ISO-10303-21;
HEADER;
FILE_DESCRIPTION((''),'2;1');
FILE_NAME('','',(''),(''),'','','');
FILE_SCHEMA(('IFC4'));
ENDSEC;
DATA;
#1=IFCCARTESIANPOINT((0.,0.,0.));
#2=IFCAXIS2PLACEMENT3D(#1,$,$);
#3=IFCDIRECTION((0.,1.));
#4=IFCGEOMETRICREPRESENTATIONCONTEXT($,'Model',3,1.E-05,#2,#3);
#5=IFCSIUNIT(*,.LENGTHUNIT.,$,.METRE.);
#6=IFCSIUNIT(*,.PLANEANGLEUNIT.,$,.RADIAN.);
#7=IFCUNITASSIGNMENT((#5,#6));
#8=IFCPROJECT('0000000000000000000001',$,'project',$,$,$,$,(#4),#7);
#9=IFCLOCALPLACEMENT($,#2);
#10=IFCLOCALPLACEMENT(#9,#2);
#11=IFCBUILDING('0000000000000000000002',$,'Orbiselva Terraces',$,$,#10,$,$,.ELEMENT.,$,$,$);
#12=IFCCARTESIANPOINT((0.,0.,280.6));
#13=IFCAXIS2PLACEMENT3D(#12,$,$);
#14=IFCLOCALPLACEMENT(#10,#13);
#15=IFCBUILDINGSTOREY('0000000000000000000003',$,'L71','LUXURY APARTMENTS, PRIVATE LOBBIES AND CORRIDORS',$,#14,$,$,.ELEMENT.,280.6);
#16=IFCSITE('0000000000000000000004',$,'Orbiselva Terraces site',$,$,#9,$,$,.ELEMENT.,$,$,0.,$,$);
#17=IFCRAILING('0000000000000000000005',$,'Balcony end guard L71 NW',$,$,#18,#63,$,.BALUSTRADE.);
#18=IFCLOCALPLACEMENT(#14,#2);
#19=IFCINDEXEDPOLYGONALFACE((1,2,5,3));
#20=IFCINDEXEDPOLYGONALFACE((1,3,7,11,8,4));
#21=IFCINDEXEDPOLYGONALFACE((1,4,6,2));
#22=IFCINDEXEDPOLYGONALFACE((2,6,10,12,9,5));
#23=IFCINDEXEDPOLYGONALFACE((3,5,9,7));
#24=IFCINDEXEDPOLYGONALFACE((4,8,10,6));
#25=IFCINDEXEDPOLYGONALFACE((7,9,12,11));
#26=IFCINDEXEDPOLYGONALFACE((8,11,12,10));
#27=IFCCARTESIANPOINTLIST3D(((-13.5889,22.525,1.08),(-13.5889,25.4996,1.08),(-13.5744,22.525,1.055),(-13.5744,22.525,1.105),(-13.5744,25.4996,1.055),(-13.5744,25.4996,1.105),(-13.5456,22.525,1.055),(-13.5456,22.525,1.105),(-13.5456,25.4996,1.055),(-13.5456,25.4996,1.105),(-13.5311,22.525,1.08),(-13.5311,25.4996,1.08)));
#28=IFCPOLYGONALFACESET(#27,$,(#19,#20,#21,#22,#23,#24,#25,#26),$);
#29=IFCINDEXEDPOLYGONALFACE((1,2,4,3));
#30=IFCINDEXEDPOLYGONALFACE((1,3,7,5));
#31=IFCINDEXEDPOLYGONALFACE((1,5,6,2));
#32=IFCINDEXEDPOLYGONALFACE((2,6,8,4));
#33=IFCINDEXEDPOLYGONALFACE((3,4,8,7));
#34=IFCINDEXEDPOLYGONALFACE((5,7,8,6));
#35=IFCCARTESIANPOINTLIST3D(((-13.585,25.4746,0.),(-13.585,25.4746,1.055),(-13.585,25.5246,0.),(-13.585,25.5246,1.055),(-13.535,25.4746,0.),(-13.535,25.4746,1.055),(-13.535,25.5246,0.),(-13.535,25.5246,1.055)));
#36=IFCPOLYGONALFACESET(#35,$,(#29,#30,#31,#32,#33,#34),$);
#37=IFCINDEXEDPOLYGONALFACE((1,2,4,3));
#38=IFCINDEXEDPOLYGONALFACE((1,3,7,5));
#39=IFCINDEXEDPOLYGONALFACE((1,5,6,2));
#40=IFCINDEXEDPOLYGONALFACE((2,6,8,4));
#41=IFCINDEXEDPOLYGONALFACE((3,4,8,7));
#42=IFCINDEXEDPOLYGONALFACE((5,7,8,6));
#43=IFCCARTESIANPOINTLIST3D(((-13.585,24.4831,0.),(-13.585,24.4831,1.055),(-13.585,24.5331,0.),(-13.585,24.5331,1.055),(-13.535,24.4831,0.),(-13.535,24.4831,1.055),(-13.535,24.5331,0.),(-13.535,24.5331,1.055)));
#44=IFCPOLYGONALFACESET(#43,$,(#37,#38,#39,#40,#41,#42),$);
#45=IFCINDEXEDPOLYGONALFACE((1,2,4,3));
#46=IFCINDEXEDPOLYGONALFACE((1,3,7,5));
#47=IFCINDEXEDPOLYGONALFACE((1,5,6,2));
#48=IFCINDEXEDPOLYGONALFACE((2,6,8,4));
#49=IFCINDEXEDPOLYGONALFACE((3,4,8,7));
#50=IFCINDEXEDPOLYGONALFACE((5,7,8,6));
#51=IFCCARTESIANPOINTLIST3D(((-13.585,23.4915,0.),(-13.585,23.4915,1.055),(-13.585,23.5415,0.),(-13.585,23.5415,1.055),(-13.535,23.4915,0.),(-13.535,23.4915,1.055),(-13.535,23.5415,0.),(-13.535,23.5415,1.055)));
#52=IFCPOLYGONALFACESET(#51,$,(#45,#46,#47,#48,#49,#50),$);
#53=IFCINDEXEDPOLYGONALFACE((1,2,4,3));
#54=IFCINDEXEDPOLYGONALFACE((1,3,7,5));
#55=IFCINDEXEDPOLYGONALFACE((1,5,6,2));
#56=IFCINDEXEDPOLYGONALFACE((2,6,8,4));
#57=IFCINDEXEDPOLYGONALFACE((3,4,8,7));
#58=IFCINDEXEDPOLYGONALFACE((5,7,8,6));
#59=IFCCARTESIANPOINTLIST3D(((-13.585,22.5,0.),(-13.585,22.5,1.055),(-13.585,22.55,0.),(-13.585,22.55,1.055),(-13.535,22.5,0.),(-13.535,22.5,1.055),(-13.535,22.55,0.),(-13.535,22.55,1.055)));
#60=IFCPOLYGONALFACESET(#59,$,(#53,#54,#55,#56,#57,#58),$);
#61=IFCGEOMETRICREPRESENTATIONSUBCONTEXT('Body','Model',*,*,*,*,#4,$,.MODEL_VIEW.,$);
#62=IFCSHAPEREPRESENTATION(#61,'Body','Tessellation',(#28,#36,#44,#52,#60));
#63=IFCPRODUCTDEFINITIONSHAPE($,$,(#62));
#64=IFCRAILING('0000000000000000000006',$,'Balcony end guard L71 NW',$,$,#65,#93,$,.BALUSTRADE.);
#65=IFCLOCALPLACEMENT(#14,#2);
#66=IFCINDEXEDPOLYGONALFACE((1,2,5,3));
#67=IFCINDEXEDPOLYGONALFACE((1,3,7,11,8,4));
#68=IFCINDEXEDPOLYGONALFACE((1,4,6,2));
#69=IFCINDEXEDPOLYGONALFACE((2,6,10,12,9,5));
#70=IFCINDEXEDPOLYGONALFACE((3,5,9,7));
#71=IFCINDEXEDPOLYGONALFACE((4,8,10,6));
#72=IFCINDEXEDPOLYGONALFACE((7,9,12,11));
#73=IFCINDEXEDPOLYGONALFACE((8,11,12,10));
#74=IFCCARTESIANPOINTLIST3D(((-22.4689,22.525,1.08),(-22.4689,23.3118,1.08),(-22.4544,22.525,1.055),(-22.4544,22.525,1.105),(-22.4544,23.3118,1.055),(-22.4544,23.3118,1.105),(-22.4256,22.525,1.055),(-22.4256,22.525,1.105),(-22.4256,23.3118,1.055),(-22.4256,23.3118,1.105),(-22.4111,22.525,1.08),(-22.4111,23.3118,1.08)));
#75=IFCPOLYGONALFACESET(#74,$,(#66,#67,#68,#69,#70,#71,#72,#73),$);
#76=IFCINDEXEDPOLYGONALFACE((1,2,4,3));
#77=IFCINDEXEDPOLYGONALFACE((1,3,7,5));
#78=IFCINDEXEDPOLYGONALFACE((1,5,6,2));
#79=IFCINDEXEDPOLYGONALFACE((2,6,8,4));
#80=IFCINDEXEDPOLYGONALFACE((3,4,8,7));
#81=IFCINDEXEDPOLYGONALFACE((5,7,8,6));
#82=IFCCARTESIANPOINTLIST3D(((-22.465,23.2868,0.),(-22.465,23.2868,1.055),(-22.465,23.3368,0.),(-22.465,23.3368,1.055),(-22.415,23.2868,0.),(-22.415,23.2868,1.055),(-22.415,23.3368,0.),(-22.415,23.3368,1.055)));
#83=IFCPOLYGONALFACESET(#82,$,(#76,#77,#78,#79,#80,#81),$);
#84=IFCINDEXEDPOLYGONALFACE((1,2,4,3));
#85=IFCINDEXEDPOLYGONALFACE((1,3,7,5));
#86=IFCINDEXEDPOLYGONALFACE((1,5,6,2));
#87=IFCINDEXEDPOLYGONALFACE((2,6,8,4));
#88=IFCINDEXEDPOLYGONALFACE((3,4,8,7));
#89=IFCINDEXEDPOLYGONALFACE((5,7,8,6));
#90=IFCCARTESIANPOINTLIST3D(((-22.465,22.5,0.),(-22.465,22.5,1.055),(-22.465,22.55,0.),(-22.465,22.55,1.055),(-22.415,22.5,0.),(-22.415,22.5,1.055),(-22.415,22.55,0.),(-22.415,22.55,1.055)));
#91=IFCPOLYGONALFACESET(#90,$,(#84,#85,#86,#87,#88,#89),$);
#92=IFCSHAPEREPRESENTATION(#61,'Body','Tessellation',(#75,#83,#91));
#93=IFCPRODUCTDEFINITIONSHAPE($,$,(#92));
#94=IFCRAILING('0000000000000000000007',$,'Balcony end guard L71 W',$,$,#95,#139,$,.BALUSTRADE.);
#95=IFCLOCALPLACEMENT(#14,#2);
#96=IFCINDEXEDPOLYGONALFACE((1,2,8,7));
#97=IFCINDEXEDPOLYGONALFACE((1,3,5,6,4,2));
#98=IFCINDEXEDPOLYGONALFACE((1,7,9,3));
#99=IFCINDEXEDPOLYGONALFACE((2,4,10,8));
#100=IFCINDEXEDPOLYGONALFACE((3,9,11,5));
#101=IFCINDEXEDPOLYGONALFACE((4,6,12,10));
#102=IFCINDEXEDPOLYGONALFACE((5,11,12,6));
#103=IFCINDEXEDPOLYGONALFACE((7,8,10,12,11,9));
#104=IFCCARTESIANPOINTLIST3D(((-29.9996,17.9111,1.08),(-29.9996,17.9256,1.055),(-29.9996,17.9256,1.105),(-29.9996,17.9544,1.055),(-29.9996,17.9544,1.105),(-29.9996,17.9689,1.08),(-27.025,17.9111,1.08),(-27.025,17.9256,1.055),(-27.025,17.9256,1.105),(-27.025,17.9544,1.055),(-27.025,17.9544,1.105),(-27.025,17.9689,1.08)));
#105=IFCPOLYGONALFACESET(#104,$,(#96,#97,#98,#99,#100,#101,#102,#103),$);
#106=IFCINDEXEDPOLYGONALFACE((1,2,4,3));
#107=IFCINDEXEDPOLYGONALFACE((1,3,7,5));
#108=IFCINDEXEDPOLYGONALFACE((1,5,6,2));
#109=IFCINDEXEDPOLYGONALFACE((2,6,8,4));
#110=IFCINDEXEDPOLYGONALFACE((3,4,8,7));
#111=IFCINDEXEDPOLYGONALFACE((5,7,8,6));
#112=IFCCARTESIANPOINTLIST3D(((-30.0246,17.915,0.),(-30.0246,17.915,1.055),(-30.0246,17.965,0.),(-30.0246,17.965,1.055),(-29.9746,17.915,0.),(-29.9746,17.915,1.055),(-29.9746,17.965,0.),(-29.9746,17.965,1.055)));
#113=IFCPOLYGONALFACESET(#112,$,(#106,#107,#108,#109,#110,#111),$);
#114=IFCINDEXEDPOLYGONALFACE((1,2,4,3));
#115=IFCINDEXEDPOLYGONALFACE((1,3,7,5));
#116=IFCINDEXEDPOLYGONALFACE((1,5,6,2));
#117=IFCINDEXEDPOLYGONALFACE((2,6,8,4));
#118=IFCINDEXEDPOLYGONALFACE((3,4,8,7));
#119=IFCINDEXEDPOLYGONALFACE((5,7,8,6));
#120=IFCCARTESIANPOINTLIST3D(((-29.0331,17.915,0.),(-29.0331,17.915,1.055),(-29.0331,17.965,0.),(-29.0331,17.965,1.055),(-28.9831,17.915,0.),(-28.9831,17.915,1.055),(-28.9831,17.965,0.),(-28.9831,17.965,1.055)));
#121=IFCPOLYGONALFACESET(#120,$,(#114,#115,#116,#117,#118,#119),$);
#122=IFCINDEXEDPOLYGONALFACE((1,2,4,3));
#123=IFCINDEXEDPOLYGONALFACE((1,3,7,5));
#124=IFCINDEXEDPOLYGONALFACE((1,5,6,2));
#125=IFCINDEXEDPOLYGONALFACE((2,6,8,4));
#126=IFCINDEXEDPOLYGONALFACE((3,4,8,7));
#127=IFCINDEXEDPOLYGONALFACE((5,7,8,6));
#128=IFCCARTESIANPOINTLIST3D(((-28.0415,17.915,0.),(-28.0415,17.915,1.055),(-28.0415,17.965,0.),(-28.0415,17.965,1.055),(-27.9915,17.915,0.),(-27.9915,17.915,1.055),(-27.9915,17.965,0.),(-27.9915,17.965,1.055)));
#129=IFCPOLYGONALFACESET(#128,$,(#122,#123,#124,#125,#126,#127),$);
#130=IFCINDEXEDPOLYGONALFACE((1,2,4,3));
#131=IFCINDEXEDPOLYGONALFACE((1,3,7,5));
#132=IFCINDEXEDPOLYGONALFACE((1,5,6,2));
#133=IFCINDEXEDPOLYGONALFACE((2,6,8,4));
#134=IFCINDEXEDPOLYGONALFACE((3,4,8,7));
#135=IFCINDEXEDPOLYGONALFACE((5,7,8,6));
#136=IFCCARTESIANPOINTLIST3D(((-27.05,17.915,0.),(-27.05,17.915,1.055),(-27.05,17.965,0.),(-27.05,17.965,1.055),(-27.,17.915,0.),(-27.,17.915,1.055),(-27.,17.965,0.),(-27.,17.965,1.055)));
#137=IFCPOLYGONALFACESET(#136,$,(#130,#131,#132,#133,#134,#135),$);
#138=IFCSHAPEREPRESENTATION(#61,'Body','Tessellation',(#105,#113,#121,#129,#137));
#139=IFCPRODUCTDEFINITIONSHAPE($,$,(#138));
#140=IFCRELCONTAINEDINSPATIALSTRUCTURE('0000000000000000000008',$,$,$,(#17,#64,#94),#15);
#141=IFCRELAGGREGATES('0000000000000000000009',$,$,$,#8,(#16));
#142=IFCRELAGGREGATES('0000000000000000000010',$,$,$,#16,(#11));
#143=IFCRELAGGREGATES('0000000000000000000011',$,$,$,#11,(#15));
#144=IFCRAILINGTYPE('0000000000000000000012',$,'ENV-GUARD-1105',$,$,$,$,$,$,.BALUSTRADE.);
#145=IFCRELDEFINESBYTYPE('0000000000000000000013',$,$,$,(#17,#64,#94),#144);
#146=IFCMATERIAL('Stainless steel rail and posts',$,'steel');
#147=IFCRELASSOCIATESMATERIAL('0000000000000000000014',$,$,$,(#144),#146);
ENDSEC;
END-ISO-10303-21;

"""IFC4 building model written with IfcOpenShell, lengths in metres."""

from ifc_helpers import new_model, si_unit, direction, frame, origin, origin_2d, place, context, subcontext, project, spatial, polyline, rectangle, outline, extrude, material, type_object, element, save


model = new_model("IFC4")

# Units and contexts
model_context = context("Model", 3, precision=1e-05, world=origin(), true_north=direction((0.0, 1.0)))
body_context = subcontext(model_context, "Body", "Model", "MODEL_VIEW")
ifc_project = project(units=[si_unit("LENGTHUNIT", "METRE"), si_unit("PLANEANGLEUNIT", "RADIAN")], contexts=[model_context])

# Site, building, storey
site_placement = place(None, origin())
site = spatial("IfcSite", under=ifc_project, at=site_placement, Name="Orbiselva Terraces site", CompositionType="ELEMENT", RefElevation=0.0)
building_placement = place(site_placement, origin())
building = spatial("IfcBuilding", under=site, at=building_placement, Name="Orbiselva Terraces", CompositionType="ELEMENT")
storey_placement = place(building_placement, frame((0.0, 0.0, 280.6)))
storey = spatial("IfcBuildingStorey", under=building, at=storey_placement, Name="L71", Description="LUXURY APARTMENTS, PRIVATE LOBBIES AND CORRIDORS", CompositionType="ELEMENT", Elevation=280.6)

# Railings
ifc_material_1 = material(Name="Stainless steel rail and posts", Category="steel")
railing_type_1 = type_object("IfcRailingType", Name="ENV-GUARD-1105", PredefinedType="BALUSTRADE", material=ifc_material_1)
railing_1_placement = place(storey_placement, frame((-13.56, 25.4996, 0.0)))
element("IfcRailing", 1, at=railing_1_placement, inside=storey, type_object=railing_type_1, Name="Balcony end guard L71 NW", PredefinedType="BALUSTRADE", context=body_context, shape_type="SweptSolid", body=[
    extrude(outline(polyline([(0.0289, 0.0), (0.0144, 0.025), (-0.0144, 0.025), (-0.0289, 0.0), (-0.0144, -0.025), (0.0144, -0.025), (0.0289, 0.0)])), frame((0.0, 0.0, 1.08), z_axis=(0.0, -1.0, 0.0), x_axis=(1.0, 0.0, 0.0)), (0.0, 0.0, 1.0), 2.9746),
    extrude(rectangle(XDim=0.05, YDim=0.05, at=origin_2d()), origin(), (0.0, 0.0, 1.0), 1.055),
    extrude(rectangle(XDim=0.05, YDim=0.05, at=origin_2d()), frame((0.0, -0.9915, 0.0)), (0.0, 0.0, 1.0), 1.055),
    extrude(rectangle(XDim=0.05, YDim=0.05, at=origin_2d()), frame((0.0, -1.9831, 0.0)), (0.0, 0.0, 1.0), 1.055),
    extrude(rectangle(XDim=0.05, YDim=0.05, at=origin_2d()), frame((0.0, -2.9746, 0.0)), (0.0, 0.0, 1.0), 1.055),
])
railing_2_placement = place(storey_placement, frame((-22.44, 23.3118, 0.0)))
element("IfcRailing", 2, at=railing_2_placement, inside=storey, type_object=railing_type_1, Name="Balcony end guard L71 NW", PredefinedType="BALUSTRADE", context=body_context, shape_type="SweptSolid", body=[
    extrude(outline(polyline([(0.0289, 0.0), (0.0144, 0.025), (-0.0144, 0.025), (-0.0289, 0.0), (-0.0144, -0.025), (0.0144, -0.025), (0.0289, 0.0)])), frame((0.0, 0.0, 1.08), z_axis=(0.0, -1.0, 0.0), x_axis=(1.0, 0.0, 0.0)), (0.0, 0.0, 1.0), 0.7868),
    extrude(rectangle(XDim=0.05, YDim=0.05, at=origin_2d()), origin(), (0.0, 0.0, 1.0), 1.055),
    extrude(rectangle(XDim=0.05, YDim=0.05, at=origin_2d()), frame((0.0, -0.7868, 0.0)), (0.0, 0.0, 1.0), 1.055),
])
railing_3_placement = place(storey_placement, frame((-29.9996, 17.94, 0.0)))
element("IfcRailing", 3, at=railing_3_placement, inside=storey, type_object=railing_type_1, Name="Balcony end guard L71 W", PredefinedType="BALUSTRADE", context=body_context, shape_type="SweptSolid", body=[
    extrude(outline(polyline([(0.0289, 0.0), (0.0144, 0.025), (-0.0144, 0.025), (-0.0289, 0.0), (-0.0144, -0.025), (0.0144, -0.025), (0.0289, 0.0)])), frame((0.0, 0.0, 1.08), z_axis=(1.0, 0.0, 0.0), x_axis=(0.0, 1.0, 0.0)), (0.0, 0.0, 1.0), 2.9746),
    extrude(rectangle(XDim=0.05, YDim=0.05, at=origin_2d()), origin(), (0.0, 0.0, 1.0), 1.055),
    extrude(rectangle(XDim=0.05, YDim=0.05, at=origin_2d()), frame((0.9915, 0.0, 0.0)), (0.0, 0.0, 1.0), 1.055),
    extrude(rectangle(XDim=0.05, YDim=0.05, at=origin_2d()), frame((1.9831, 0.0, 0.0)), (0.0, 0.0, 1.0), 1.055),
    extrude(rectangle(XDim=0.05, YDim=0.05, at=origin_2d()), frame((2.9746, 0.0, 0.0)), (0.0, 0.0, 1.0), 1.055),
])

save(model, "model.ifc")
